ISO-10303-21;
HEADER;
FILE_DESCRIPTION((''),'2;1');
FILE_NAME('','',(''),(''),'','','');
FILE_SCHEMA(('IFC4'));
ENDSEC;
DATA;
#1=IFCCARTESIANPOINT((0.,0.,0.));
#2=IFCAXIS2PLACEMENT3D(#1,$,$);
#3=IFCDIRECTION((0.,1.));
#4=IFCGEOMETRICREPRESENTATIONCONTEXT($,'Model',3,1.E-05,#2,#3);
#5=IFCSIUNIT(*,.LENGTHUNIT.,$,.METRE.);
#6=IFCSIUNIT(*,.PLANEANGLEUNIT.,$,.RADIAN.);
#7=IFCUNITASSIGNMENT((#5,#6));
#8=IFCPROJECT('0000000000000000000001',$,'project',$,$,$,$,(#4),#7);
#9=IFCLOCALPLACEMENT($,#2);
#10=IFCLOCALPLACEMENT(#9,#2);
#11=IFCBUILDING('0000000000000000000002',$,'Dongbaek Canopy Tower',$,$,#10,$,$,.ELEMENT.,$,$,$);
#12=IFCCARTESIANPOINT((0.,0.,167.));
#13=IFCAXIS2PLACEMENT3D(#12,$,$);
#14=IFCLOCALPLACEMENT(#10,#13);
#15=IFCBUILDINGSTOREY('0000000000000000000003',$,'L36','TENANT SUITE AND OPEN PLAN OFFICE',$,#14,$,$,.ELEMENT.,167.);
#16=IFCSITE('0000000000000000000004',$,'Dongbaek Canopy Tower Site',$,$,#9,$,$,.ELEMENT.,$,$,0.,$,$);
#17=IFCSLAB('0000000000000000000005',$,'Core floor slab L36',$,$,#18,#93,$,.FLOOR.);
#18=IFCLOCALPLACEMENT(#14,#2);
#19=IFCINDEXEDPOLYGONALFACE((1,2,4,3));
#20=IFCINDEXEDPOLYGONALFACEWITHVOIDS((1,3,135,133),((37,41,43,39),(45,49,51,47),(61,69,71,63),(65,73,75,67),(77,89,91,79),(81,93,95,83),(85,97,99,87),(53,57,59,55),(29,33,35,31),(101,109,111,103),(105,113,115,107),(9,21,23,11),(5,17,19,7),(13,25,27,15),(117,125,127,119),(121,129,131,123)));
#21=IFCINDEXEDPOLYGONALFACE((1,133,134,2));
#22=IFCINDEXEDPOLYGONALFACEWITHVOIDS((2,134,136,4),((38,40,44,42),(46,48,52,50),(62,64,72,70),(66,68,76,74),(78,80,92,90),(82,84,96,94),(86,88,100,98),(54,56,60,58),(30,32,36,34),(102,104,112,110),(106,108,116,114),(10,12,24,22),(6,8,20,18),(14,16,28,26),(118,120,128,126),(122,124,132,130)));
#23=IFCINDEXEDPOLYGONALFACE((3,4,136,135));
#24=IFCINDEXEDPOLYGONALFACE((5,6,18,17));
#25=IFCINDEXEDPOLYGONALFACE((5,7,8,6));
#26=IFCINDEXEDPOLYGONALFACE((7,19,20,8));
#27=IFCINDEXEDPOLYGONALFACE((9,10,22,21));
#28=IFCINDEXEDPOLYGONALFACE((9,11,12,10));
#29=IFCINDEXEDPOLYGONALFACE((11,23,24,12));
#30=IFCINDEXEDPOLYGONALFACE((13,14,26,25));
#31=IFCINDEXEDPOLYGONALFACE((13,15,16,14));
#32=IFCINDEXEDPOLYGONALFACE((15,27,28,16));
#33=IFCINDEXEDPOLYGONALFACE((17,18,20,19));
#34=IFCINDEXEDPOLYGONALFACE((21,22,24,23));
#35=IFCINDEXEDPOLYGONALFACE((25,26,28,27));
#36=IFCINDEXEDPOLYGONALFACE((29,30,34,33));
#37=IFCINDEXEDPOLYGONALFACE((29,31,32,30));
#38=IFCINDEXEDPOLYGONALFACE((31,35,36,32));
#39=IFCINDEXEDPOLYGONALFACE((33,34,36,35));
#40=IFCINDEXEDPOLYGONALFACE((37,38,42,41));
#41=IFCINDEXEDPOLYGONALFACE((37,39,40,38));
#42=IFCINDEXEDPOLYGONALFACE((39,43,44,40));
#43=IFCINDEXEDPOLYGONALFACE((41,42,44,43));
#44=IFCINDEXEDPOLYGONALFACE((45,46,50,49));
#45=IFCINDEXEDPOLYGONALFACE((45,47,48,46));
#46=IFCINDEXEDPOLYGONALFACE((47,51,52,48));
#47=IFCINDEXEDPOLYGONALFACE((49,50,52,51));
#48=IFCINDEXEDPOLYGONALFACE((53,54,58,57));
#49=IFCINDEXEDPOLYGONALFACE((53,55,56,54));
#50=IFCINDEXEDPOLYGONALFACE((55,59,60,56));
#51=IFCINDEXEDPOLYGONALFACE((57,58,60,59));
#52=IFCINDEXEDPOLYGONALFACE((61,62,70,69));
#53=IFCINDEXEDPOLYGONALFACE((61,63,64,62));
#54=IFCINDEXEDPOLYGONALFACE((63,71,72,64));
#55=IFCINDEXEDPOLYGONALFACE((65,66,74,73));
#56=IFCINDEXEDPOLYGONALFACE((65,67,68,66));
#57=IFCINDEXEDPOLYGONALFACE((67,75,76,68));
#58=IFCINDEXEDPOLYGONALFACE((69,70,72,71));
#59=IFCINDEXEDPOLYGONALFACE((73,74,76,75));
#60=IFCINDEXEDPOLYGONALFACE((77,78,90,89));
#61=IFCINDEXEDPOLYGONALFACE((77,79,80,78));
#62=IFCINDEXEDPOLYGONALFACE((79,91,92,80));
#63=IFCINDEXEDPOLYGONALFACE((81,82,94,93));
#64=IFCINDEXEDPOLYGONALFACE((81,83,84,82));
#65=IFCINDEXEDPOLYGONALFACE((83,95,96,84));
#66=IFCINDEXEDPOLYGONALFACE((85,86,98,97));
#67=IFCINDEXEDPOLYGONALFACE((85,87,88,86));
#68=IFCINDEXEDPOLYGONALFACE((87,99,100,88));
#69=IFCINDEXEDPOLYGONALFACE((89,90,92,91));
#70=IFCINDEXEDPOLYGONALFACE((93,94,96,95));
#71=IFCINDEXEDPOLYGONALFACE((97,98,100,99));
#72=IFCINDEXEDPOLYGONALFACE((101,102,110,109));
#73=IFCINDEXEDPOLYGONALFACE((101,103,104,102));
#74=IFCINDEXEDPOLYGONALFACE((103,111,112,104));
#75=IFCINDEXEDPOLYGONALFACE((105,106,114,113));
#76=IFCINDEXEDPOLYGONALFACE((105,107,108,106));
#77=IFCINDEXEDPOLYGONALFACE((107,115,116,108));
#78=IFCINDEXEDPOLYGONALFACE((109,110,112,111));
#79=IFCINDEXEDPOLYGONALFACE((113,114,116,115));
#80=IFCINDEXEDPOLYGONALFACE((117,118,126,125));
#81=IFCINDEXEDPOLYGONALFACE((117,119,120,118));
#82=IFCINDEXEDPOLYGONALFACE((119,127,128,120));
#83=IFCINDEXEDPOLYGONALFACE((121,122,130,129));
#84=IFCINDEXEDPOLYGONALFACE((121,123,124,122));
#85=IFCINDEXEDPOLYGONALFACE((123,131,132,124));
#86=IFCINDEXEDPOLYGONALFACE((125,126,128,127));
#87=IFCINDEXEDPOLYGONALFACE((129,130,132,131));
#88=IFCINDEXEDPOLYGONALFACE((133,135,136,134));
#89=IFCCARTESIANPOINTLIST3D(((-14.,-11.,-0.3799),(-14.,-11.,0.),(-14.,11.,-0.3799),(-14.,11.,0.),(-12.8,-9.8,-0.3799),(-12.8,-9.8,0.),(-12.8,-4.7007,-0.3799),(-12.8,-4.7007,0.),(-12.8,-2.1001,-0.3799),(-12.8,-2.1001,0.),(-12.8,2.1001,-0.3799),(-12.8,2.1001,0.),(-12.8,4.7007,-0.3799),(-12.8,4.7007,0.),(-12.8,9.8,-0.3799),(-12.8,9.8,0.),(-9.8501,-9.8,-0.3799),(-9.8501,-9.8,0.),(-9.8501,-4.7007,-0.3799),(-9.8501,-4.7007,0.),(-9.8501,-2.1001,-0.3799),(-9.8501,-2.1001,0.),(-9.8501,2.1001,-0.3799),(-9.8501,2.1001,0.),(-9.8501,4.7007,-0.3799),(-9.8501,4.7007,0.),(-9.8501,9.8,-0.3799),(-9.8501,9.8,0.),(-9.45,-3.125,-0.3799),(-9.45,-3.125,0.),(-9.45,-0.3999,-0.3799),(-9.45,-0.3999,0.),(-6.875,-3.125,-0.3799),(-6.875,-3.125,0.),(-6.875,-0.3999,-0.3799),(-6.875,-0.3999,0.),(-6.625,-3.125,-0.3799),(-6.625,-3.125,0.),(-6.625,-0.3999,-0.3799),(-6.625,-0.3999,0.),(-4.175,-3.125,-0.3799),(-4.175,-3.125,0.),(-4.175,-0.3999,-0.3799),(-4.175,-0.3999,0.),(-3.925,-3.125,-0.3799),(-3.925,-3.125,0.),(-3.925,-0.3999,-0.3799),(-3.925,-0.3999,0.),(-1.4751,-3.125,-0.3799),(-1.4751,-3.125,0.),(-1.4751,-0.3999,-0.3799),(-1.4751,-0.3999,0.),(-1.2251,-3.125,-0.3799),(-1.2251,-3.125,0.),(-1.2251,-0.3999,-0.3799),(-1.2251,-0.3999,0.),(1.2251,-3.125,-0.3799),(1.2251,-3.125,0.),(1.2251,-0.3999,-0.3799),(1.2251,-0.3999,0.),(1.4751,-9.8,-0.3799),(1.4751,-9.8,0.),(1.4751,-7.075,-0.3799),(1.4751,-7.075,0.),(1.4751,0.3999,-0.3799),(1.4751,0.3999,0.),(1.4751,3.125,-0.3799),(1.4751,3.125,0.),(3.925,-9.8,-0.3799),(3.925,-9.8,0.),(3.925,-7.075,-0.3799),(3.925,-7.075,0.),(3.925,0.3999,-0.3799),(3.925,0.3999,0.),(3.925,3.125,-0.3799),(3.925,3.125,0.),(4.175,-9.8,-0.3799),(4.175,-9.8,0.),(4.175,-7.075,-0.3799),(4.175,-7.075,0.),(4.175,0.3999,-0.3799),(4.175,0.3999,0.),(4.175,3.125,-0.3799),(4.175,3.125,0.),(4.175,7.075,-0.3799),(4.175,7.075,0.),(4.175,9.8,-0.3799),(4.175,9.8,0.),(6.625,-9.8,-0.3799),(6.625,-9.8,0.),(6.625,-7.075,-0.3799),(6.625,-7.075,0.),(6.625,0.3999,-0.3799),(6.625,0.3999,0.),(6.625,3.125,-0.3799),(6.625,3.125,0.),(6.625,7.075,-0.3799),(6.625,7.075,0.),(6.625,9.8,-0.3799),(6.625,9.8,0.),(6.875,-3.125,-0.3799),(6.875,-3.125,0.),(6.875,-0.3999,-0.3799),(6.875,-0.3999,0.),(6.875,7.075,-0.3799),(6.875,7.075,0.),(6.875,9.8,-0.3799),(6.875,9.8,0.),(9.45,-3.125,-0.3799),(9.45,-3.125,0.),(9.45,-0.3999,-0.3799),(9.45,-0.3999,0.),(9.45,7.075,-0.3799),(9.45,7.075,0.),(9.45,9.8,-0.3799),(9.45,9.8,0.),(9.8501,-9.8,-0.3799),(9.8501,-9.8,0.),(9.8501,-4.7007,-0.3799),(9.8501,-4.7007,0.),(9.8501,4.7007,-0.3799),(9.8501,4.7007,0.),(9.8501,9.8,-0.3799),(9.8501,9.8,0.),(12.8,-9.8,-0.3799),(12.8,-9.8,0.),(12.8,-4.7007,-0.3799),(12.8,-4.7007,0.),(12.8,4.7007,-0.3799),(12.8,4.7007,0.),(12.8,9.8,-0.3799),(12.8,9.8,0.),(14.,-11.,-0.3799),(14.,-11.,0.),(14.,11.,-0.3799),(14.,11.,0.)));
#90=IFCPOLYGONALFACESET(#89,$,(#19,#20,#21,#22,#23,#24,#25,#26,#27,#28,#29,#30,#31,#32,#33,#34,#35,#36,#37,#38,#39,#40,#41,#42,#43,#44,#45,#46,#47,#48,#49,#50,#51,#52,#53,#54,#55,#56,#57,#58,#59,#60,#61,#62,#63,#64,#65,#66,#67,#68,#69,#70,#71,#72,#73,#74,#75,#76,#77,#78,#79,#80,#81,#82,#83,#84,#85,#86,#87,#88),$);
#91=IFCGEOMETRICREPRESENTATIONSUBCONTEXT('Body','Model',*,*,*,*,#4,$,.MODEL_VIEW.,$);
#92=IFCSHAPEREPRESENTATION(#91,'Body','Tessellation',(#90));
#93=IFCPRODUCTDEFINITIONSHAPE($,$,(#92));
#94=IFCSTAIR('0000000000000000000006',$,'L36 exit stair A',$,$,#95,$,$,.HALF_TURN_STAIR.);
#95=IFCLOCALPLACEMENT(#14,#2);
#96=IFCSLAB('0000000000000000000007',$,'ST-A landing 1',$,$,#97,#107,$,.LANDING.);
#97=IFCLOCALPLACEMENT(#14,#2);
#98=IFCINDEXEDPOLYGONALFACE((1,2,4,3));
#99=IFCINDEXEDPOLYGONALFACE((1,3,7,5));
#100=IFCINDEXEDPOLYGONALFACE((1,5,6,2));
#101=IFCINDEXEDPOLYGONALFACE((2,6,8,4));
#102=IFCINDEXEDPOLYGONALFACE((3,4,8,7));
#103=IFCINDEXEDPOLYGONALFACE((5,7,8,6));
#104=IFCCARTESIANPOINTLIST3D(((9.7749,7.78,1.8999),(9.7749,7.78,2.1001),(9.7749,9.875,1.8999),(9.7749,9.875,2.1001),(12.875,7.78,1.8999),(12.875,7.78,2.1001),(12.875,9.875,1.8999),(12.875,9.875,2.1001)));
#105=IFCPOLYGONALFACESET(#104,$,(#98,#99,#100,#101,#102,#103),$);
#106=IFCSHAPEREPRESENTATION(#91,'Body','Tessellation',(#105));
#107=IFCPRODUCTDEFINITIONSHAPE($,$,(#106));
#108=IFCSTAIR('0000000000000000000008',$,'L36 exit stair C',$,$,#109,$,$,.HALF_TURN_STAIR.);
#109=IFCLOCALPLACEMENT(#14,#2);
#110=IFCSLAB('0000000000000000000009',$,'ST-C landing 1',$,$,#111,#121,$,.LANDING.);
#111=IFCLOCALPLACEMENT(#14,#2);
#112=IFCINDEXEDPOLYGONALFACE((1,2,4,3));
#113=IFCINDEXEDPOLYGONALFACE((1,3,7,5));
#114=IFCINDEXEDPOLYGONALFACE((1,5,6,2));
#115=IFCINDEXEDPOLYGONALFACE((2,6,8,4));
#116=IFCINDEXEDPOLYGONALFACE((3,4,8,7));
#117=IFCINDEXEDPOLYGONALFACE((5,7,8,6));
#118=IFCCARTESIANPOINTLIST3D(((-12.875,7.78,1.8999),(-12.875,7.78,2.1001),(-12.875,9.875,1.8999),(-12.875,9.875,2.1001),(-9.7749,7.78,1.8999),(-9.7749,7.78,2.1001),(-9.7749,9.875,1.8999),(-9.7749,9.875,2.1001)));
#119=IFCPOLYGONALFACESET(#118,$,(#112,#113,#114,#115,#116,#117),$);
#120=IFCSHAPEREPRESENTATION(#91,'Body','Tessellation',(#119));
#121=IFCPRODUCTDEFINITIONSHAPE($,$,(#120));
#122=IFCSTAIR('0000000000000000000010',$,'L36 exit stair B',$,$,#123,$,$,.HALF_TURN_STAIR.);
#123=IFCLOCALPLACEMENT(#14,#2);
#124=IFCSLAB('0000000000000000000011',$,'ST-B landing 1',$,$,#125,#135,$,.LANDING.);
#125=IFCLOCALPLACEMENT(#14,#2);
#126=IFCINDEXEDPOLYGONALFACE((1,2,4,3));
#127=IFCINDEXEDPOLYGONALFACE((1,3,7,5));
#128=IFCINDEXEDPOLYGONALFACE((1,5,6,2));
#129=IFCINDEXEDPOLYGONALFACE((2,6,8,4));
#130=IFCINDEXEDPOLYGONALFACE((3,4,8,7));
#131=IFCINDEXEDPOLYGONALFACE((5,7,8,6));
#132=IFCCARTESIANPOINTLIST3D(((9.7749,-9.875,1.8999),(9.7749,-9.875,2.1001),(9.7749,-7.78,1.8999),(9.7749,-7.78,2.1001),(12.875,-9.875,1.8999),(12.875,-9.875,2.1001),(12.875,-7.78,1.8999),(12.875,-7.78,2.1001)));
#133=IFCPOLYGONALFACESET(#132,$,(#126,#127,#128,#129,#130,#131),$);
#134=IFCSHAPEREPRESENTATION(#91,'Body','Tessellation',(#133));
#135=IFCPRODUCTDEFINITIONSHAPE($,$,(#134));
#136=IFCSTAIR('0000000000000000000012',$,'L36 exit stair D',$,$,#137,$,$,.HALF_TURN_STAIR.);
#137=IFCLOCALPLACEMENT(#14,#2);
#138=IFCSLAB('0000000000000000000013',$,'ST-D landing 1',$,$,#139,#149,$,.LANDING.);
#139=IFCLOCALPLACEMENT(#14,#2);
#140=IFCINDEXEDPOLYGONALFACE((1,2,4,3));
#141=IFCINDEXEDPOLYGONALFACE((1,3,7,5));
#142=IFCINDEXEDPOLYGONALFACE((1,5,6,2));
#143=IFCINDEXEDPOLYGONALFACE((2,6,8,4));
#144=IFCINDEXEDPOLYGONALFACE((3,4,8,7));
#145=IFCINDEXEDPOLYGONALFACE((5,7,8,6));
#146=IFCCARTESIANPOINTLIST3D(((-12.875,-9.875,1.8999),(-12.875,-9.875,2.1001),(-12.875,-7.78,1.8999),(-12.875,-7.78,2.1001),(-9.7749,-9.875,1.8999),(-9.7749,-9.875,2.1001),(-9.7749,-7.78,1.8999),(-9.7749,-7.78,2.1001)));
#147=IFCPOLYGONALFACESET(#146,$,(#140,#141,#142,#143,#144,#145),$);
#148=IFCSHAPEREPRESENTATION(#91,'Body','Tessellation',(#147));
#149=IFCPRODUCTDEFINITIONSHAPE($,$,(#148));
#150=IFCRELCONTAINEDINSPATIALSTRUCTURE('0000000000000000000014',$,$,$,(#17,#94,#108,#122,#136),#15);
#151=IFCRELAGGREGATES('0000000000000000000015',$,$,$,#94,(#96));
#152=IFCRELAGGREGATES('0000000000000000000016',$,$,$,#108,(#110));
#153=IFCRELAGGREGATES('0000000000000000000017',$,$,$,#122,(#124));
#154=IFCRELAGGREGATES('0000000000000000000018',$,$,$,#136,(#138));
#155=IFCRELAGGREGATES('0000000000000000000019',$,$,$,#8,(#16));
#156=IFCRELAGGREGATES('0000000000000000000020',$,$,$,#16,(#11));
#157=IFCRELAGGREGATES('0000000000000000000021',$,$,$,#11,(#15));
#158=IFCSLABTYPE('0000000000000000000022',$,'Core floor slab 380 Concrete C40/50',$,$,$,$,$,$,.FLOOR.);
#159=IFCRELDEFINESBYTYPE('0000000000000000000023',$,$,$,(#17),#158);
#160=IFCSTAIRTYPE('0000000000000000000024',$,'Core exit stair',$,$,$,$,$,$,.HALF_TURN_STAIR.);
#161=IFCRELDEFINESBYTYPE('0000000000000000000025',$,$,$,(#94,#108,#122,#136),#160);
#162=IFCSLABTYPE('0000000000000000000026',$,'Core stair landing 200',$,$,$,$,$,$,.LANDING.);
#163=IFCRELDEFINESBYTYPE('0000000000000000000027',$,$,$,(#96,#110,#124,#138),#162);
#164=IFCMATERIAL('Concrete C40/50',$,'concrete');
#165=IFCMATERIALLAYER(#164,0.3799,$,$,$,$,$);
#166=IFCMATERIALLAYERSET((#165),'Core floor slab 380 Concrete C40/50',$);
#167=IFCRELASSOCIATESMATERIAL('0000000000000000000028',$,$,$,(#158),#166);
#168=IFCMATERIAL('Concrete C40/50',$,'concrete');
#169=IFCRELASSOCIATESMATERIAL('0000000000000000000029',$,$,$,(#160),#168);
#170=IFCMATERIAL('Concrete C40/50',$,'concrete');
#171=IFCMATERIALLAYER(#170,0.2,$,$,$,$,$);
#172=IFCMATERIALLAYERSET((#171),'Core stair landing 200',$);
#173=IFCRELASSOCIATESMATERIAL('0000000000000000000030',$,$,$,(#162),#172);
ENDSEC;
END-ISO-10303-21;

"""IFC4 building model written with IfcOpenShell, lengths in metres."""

from ifc_helpers import new_model, si_unit, direction, frame, origin, place, context, subcontext, project, spatial, polyline, outline, extrude, material, layer, layer_set, type_object, element, aggregate, save


model = new_model("IFC4")

# Units and contexts
model_context = context("Model", 3, precision=1e-05, world=origin(), true_north=direction((0.0, 1.0)))
body_context = subcontext(model_context, "Body", "Model", "MODEL_VIEW")
ifc_project = project(units=[si_unit("LENGTHUNIT", "METRE"), si_unit("PLANEANGLEUNIT", "RADIAN")], contexts=[model_context])

# Site, building, storey
site_placement = place(None, origin())
site = spatial("IfcSite", under=ifc_project, at=site_placement, Name="Dongbaek Canopy Tower Site", CompositionType="ELEMENT", RefElevation=0.0)
building_placement = place(site_placement, origin())
building = spatial("IfcBuilding", under=site, at=building_placement, Name="Dongbaek Canopy Tower", CompositionType="ELEMENT")
storey_placement = place(building_placement, frame((0.0, 0.0, 167.0)))
storey = spatial("IfcBuildingStorey", under=building, at=storey_placement, Name="L36", Description="TENANT SUITE AND OPEN PLAN OFFICE", CompositionType="ELEMENT", Elevation=167.0)

# Slab
ifc_material_1 = material(Name="Concrete C40/50", Category="concrete")
ifc_layer_1 = layer(ifc_material_1, 0.3799)
ifc_layer_set_1 = layer_set([ifc_layer_1], Name="Core floor slab 380 Concrete C40/50")
slab_type_1 = type_object("IfcSlabType", Name="Core floor slab 380 Concrete C40/50", PredefinedType="FLOOR", material=ifc_layer_set_1)
slab_1_placement = place(storey_placement, frame((0.0, 0.0, -0.3799)))
element("IfcSlab", 1, at=slab_1_placement, inside=storey, type_object=slab_type_1, Name="Core floor slab L36", PredefinedType="FLOOR", context=body_context, shape_type="SweptSolid", body=[
    extrude(outline(polyline([(14.0, -11.0), (14.0, 11.0), (-14.0, 11.0), (-14.0, -11.0), (14.0, -11.0)]), holes=[polyline([(-12.8, 2.1001), (-9.8501, 2.1001), (-9.8501, -2.1001), (-12.8, -2.1001), (-12.8, 2.1001)]), polyline([(6.625, 9.8), (6.625, 7.075), (4.175, 7.075), (4.175, 9.8), (6.625, 9.8)]), polyline([(9.45, 7.075), (6.875, 7.075), (6.875, 9.8), (9.45, 9.8), (9.45, 7.075)]), polyline([(3.925, 3.125), (3.925, 0.3999), (1.4751, 0.3999), (1.4751, 3.125), (3.925, 3.125)]), polyline([(4.175, 3.125), (6.625, 3.125), (6.625, 0.3999), (4.175, 0.3999), (4.175, 3.125)]), polyline([(-9.45, -0.3999), (-6.875, -0.3999), (-6.875, -3.125), (-9.45, -3.125), (-9.45, -0.3999)]), polyline([(-6.625, -0.3999), (-4.175, -0.3999), (-4.175, -3.125), (-6.625, -3.125), (-6.625, -0.3999)]), polyline([(-3.925, -0.3999), (-1.4751, -0.3999), (-1.4751, -3.125), (-3.925, -3.125), (-3.925, -0.3999)]), polyline([(-1.2251, -0.3999), (1.2251, -0.3999), (1.2251, -3.125), (-1.2251, -3.125), (-1.2251, -0.3999)]), polyline([(9.45, -3.125), (6.875, -3.125), (6.875, -0.3999), (9.45, -0.3999), (9.45, -3.125)]), polyline([(1.4751, -9.8), (1.4751, -7.075), (3.925, -7.075), (3.925, -9.8), (1.4751, -9.8)]), polyline([(4.175, -9.8), (4.175, -7.075), (6.625, -7.075), (6.625, -9.8), (4.175, -9.8)]), polyline([(12.8, 4.7007), (12.8, 9.8), (9.8501, 9.8), (9.8501, 4.7007), (12.8, 4.7007)]), polyline([(-9.8501, 4.7007), (-9.8501, 9.8), (-12.8, 9.8), (-12.8, 4.7007), (-9.8501, 4.7007)]), polyline([(9.8501, -4.7007), (9.8501, -9.8), (12.8, -9.8), (12.8, -4.7007), (9.8501, -4.7007)]), polyline([(-12.8, -4.7007), (-12.8, -9.8), (-9.8501, -9.8), (-9.8501, -4.7007), (-12.8, -4.7007)])]), origin(), (0.0, 0.0, 1.0), 0.3799),
])

# Stairs, slabs
ifc_material_2 = material(Name="Concrete C40/50", Category="concrete")
stair_type = type_object("IfcStairType", Name="Core exit stair", PredefinedType="HALF_TURN_STAIR", material=ifc_material_2)
stair_1_placement = place(storey_placement, origin())
stair_1 = element("IfcStair", 2, at=stair_1_placement, inside=storey, type_object=stair_type, Name="L36 exit stair A", PredefinedType="HALF_TURN_STAIR")
ifc_material_3 = material(Name="Concrete C40/50", Category="concrete")
ifc_layer_2 = layer(ifc_material_3, 0.2)
ifc_layer_set_2 = layer_set([ifc_layer_2], Name="Core stair landing 200")
slab_type_2 = type_object("IfcSlabType", Name="Core stair landing 200", PredefinedType="LANDING", material=ifc_layer_set_2)
slab_2_placement = place(storey_placement, frame((0.0, 0.0, 1.8999)))
slab_2 = element("IfcSlab", 3, at=slab_2_placement, type_object=slab_type_2, Name="ST-A landing 1", PredefinedType="LANDING", context=body_context, shape_type="SweptSolid", body=[
    extrude(outline(polyline([(12.875, 7.78), (12.875, 9.875), (9.7749, 9.875), (9.7749, 7.78), (12.875, 7.78)])), origin(), (0.0, 0.0, 1.0), 0.2002),
])
aggregate(stair_1, [slab_2])
stair_2_placement = place(storey_placement, origin())
stair_2 = element("IfcStair", 4, at=stair_2_placement, inside=storey, type_object=stair_type, Name="L36 exit stair C", PredefinedType="HALF_TURN_STAIR")
slab_3_placement = place(storey_placement, frame((0.0, 0.0, 1.8999)))
slab_3 = element("IfcSlab", 5, at=slab_3_placement, type_object=slab_type_2, Name="ST-C landing 1", PredefinedType="LANDING", context=body_context, shape_type="SweptSolid", body=[
    extrude(outline(polyline([(-9.7749, 7.78), (-9.7749, 9.875), (-12.875, 9.875), (-12.875, 7.78), (-9.7749, 7.78)])), origin(), (0.0, 0.0, 1.0), 0.2002),
])
aggregate(stair_2, [slab_3])
stair_3_placement = place(storey_placement, origin())
stair_3 = element("IfcStair", 6, at=stair_3_placement, inside=storey, type_object=stair_type, Name="L36 exit stair B", PredefinedType="HALF_TURN_STAIR")
slab_4_placement = place(storey_placement, frame((0.0, 0.0, 1.8999)))
slab_4 = element("IfcSlab", 7, at=slab_4_placement, type_object=slab_type_2, Name="ST-B landing 1", PredefinedType="LANDING", context=body_context, shape_type="SweptSolid", body=[
    extrude(outline(polyline([(9.7749, -7.78), (9.7749, -9.875), (12.875, -9.875), (12.875, -7.78), (9.7749, -7.78)])), origin(), (0.0, 0.0, 1.0), 0.2002),
])
aggregate(stair_3, [slab_4])
stair_4_placement = place(storey_placement, origin())
stair_4 = element("IfcStair", 8, at=stair_4_placement, inside=storey, type_object=stair_type, Name="L36 exit stair D", PredefinedType="HALF_TURN_STAIR")
slab_5_placement = place(storey_placement, frame((0.0, 0.0, 1.8999)))
slab_5 = element("IfcSlab", 9, at=slab_5_placement, type_object=slab_type_2, Name="ST-D landing 1", PredefinedType="LANDING", context=body_context, shape_type="SweptSolid", body=[
    extrude(outline(polyline([(-12.875, -7.78), (-12.875, -9.875), (-9.7749, -9.875), (-9.7749, -7.78), (-12.875, -7.78)])), origin(), (0.0, 0.0, 1.0), 0.2002),
])
aggregate(stair_4, [slab_5])

save(model, "model.ifc")
